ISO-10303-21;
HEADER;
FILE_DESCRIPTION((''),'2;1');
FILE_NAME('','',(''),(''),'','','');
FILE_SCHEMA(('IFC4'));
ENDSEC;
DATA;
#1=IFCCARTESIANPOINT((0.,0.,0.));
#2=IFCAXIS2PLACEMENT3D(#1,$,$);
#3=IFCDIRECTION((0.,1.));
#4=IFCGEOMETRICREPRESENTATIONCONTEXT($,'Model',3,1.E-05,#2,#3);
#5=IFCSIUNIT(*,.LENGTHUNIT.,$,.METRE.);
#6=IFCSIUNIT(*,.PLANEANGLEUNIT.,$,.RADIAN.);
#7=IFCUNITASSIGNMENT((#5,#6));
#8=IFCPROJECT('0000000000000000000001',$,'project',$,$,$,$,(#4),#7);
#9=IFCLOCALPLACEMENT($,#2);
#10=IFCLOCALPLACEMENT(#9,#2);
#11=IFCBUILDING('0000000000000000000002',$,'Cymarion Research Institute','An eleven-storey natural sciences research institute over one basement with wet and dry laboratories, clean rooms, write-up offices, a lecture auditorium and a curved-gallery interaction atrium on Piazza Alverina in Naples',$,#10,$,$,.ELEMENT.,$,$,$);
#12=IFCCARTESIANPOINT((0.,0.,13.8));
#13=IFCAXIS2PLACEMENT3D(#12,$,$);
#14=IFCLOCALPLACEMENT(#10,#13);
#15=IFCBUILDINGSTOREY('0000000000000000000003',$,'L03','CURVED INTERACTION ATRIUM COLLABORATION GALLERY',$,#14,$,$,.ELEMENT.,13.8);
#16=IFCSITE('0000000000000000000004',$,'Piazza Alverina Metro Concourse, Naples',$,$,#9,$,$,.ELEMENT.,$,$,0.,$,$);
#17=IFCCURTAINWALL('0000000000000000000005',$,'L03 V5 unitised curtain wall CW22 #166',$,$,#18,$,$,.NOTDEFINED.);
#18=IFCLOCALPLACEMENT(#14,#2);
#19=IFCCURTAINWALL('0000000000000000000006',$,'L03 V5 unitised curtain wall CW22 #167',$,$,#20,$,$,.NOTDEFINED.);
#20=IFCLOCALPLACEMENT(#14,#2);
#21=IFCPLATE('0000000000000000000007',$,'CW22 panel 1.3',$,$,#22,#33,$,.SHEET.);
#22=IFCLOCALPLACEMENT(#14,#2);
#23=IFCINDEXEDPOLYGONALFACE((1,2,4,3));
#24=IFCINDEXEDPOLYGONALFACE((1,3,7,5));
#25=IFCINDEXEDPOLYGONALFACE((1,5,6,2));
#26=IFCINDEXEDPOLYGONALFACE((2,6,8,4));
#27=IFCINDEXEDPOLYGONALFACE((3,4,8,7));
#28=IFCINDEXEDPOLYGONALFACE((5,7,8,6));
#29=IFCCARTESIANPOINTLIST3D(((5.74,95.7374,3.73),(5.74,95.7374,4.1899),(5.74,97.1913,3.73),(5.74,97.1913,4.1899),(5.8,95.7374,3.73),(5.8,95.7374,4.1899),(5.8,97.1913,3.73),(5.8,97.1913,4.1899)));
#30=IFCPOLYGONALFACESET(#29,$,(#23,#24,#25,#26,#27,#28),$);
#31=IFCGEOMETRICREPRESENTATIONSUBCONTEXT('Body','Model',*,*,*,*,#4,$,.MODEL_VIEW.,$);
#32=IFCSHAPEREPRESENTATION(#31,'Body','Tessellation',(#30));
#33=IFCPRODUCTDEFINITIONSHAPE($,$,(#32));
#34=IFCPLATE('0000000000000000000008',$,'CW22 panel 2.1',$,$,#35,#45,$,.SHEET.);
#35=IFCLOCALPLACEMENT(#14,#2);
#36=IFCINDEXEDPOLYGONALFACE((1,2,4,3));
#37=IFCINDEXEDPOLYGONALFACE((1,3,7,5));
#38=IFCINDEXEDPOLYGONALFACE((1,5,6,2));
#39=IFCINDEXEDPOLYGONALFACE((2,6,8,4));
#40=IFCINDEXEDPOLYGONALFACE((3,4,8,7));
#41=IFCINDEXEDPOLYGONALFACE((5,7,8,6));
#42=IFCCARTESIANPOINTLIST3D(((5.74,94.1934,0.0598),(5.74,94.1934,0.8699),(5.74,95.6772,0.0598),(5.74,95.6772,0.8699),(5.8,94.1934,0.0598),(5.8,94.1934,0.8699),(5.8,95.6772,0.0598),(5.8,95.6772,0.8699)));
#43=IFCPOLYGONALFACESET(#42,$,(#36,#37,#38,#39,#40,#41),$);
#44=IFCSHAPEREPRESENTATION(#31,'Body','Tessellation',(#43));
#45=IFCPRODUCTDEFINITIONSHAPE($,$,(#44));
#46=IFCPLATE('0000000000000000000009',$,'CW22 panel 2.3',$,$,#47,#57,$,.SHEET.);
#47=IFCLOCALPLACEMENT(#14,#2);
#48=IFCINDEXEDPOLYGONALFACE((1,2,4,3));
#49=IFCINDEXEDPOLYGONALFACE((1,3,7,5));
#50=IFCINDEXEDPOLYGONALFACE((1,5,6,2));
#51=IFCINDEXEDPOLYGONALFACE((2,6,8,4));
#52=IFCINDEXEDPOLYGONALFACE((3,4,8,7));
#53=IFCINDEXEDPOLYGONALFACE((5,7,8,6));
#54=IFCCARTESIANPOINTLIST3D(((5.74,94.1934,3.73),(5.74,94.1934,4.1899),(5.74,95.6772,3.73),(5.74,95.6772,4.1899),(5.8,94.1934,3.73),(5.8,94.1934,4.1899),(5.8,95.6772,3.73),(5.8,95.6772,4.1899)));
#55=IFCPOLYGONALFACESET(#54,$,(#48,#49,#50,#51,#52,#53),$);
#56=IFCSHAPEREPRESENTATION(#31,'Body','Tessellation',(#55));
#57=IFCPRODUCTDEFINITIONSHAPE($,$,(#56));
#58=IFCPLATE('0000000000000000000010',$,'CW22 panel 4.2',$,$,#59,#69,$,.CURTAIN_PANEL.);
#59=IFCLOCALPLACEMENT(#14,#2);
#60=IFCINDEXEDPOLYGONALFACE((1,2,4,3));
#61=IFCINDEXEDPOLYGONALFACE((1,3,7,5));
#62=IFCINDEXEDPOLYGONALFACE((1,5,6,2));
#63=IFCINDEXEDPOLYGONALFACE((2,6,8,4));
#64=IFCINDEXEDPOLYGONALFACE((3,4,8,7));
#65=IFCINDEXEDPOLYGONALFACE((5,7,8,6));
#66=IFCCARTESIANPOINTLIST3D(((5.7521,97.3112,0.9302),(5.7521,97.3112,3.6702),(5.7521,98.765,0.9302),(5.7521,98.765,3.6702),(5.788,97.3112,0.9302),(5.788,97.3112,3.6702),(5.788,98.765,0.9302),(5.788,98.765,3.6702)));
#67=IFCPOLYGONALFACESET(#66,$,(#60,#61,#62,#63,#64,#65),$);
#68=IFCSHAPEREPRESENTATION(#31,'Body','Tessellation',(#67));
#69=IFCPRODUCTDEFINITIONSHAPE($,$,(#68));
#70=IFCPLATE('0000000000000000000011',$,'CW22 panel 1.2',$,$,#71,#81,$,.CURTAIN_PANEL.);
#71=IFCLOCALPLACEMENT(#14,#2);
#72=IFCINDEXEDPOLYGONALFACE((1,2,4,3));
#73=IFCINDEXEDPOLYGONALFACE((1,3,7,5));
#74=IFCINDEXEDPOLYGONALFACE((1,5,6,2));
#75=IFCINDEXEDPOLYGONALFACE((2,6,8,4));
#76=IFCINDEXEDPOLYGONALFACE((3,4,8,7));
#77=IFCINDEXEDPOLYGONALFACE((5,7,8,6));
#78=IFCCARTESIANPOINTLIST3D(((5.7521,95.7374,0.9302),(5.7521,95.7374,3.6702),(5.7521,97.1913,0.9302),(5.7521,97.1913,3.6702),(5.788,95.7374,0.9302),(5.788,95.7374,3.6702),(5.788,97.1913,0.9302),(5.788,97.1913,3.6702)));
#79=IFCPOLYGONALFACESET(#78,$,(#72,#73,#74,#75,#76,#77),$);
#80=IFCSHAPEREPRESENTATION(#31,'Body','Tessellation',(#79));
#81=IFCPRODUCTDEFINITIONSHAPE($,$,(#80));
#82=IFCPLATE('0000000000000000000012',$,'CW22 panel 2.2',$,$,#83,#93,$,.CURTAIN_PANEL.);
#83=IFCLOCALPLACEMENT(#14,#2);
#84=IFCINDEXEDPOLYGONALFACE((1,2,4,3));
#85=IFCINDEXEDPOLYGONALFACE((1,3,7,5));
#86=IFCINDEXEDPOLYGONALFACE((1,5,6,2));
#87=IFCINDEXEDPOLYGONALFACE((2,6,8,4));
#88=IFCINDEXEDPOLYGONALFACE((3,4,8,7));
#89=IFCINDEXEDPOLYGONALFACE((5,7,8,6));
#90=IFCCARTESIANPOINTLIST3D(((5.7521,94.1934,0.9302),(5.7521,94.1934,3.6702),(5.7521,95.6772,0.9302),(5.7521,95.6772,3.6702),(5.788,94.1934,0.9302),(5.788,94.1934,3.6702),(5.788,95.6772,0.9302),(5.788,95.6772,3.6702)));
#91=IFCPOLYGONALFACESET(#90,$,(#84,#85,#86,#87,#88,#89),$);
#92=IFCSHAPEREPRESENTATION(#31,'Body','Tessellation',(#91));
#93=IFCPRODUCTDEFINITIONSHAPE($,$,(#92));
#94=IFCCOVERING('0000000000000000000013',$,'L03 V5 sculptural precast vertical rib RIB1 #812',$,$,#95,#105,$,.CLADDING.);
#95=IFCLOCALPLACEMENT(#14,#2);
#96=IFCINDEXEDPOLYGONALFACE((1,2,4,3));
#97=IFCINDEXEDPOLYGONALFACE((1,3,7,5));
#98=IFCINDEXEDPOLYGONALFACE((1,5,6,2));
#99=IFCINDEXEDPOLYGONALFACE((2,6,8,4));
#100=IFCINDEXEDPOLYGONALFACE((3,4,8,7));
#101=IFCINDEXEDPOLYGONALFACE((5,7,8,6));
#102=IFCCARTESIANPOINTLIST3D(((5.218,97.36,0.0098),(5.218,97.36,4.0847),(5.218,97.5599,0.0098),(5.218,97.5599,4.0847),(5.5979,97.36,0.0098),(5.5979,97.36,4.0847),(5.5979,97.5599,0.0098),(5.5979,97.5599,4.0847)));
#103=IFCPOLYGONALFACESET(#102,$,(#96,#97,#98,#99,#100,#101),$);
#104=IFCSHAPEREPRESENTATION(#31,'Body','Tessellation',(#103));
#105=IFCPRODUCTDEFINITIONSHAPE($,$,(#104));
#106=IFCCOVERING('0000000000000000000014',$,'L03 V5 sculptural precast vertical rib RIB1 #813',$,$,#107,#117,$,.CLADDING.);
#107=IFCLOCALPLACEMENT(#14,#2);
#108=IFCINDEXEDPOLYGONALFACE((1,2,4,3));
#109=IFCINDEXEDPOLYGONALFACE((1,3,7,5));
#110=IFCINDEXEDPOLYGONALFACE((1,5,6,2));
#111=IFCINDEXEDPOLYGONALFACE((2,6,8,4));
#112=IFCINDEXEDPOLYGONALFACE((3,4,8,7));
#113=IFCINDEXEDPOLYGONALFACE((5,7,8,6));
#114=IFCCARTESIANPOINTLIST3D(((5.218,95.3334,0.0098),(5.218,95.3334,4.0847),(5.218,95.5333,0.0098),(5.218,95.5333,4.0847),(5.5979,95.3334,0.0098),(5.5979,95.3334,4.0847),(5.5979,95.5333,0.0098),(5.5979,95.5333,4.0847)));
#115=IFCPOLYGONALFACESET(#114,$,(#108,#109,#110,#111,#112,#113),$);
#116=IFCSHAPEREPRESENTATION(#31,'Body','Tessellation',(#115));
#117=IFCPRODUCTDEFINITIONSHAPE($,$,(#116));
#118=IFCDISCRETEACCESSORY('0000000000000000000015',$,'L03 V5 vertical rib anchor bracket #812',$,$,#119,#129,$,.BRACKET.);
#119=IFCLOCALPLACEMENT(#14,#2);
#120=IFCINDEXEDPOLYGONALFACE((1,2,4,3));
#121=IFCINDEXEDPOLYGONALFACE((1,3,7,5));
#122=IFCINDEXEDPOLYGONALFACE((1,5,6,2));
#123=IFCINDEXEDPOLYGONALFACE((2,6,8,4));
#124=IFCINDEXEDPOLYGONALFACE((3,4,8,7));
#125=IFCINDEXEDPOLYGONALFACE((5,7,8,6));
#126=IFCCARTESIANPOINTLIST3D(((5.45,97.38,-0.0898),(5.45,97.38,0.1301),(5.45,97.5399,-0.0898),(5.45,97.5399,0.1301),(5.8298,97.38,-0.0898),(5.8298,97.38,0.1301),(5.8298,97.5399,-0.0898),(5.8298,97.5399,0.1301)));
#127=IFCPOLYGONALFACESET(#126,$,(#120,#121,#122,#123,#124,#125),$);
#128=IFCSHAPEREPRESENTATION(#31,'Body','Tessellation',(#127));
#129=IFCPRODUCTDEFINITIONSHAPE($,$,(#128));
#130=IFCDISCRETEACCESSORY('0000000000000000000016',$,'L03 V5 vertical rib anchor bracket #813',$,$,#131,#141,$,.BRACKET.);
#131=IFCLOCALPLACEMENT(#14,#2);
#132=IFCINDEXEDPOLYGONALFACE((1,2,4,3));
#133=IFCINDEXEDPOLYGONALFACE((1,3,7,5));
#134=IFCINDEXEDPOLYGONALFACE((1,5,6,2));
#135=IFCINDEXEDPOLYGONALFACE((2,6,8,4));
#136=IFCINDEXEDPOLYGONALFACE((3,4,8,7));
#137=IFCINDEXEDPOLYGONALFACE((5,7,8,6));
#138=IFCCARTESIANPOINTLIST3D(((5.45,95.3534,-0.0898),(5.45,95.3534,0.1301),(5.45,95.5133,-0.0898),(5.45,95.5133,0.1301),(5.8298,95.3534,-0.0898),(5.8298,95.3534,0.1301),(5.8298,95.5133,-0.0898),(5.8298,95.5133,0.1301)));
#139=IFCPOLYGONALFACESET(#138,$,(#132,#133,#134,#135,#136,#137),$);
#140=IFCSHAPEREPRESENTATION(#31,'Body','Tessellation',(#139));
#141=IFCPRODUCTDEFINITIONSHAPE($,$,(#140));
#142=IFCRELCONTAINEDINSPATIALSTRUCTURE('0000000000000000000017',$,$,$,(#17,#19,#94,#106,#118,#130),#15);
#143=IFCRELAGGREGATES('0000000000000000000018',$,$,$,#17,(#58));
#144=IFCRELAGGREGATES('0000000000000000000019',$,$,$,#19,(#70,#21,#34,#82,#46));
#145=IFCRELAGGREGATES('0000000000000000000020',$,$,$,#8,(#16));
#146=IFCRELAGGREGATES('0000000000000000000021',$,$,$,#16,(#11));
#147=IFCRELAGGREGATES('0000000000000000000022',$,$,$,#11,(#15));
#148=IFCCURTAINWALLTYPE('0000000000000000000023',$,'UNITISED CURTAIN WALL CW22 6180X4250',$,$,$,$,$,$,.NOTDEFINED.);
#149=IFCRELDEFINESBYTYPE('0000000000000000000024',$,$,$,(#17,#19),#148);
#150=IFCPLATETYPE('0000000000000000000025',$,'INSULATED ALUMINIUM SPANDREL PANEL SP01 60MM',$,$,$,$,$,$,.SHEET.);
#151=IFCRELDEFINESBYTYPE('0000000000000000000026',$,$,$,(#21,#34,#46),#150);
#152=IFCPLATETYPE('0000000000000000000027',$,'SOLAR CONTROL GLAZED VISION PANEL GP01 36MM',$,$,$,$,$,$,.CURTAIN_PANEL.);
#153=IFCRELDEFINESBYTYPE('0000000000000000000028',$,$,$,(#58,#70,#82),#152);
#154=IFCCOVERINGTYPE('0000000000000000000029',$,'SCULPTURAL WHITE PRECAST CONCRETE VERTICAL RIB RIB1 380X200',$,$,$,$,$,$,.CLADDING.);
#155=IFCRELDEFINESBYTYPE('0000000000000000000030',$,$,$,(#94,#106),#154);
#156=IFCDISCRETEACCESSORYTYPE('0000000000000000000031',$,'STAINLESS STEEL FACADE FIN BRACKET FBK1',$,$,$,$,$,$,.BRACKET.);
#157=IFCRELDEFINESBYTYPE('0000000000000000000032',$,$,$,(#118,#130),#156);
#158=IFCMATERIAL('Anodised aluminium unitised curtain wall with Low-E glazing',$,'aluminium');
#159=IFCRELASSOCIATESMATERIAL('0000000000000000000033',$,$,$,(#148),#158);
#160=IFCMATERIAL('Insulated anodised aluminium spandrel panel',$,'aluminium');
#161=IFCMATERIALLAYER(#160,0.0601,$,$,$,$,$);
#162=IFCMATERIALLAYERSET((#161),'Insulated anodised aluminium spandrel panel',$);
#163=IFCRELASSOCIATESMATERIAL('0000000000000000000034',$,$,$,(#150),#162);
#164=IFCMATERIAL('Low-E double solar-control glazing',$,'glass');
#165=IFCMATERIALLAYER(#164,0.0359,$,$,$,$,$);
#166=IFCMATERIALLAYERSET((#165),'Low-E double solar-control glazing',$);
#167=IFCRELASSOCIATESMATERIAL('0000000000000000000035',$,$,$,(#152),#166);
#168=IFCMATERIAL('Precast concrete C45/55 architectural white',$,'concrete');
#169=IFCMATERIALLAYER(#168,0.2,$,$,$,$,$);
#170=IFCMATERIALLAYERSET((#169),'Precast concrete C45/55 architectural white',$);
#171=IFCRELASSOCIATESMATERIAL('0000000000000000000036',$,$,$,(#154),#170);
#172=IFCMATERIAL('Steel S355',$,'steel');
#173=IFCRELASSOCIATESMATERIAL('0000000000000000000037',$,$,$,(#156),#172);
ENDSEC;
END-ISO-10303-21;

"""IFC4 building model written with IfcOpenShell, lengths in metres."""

from ifc_helpers import new_model, si_unit, direction, frame, origin, origin_2d, place, context, subcontext, project, spatial, rectangle, extrude, material, layer, layer_set, type_object, element, aggregate, save


model = new_model("IFC4")

# Units and contexts
model_context = context("Model", 3, precision=1e-05, world=origin(), true_north=direction((0.0, 1.0)))
body_context = subcontext(model_context, "Body", "Model", "MODEL_VIEW")
ifc_project = project(units=[si_unit("LENGTHUNIT", "METRE"), si_unit("PLANEANGLEUNIT", "RADIAN")], contexts=[model_context])

# Site, building, storey
site_placement = place(None, origin())
site = spatial("IfcSite", under=ifc_project, at=site_placement, Name="Piazza Alverina Metro Concourse, Naples", CompositionType="ELEMENT", RefElevation=0.0)
building_placement = place(site_placement, origin())
building = spatial("IfcBuilding", under=site, at=building_placement, Name="Cymarion Research Institute", Description="An eleven-storey natural sciences research institute over one basement with wet and dry laboratories, clean rooms, write-up offices, a lecture auditorium and a curved-gallery interaction atrium on Piazza Alverina in Naples", CompositionType="ELEMENT")
storey_placement = place(building_placement, frame((0.0, 0.0, 13.8)))
storey = spatial("IfcBuildingStorey", under=building, at=storey_placement, Name="L03", Description="CURVED INTERACTION ATRIUM COLLABORATION GALLERY", CompositionType="ELEMENT", Elevation=13.8)

# Curtain wall
ifc_material_1 = material(Name="Anodised aluminium unitised curtain wall with Low-E glazing", Category="aluminium")
curtain_wall_type = type_object("IfcCurtainWallType", Name="UNITISED CURTAIN WALL CW22 6180X4250", PredefinedType="NOTDEFINED", material=ifc_material_1)
curtain_wall_1_placement = place(storey_placement, origin())
curtain_wall_1 = element("IfcCurtainWall", 1, at=curtain_wall_1_placement, inside=storey, type_object=curtain_wall_type, Name="L03 V5 unitised curtain wall CW22 #166", PredefinedType="NOTDEFINED")

# Curtain wall
curtain_wall_2_placement = place(storey_placement, origin())
curtain_wall_2 = element("IfcCurtainWall", 2, at=curtain_wall_2_placement, inside=storey, type_object=curtain_wall_type, Name="L03 V5 unitised curtain wall CW22 #167", PredefinedType="NOTDEFINED")

# Plates
ifc_material_2 = material(Name="Insulated anodised aluminium spandrel panel", Category="aluminium")
ifc_layer_1 = layer(ifc_material_2, 0.0601)
ifc_layer_set_1 = layer_set([ifc_layer_1], Name="Insulated anodised aluminium spandrel panel")
plate_type_1 = type_object("IfcPlateType", Name="INSULATED ALUMINIUM SPANDREL PANEL SP01 60MM", PredefinedType="SHEET", material=ifc_layer_set_1)
plate_1_placement = place(storey_placement, frame((5.77, 96.4644, 3.73), z_axis=(0.0, 0.0, 1.0), x_axis=(0.0, -1.0, 0.0)))
plate_1 = element("IfcPlate", 3, at=plate_1_placement, type_object=plate_type_1, Name="CW22 panel 1.3", PredefinedType="SHEET", context=body_context, shape_type="SweptSolid", body=[
    extrude(rectangle(XDim=1.4539, YDim=0.0601, at=origin_2d()), origin(), (0.0, 0.0, 1.0), 0.46),
])
plate_2_placement = place(storey_placement, frame((5.77, 94.9353, 0.0598), z_axis=(0.0, 0.0, 1.0), x_axis=(0.0, -1.0, 0.0)))
plate_2 = element("IfcPlate", 4, at=plate_2_placement, type_object=plate_type_1, Name="CW22 panel 2.1", PredefinedType="SHEET", context=body_context, shape_type="SweptSolid", body=[
    extrude(rectangle(XDim=1.4839, YDim=0.0601, at=origin_2d()), origin(), (0.0, 0.0, 1.0), 0.8101),
])
plate_3_placement = place(storey_placement, frame((5.77, 94.9353, 3.73), z_axis=(0.0, 0.0, 1.0), x_axis=(0.0, -1.0, 0.0)))
plate_3 = element("IfcPlate", 5, at=plate_3_placement, type_object=plate_type_1, Name="CW22 panel 2.3", PredefinedType="SHEET", context=body_context, shape_type="SweptSolid", body=[
    extrude(rectangle(XDim=1.4839, YDim=0.0601, at=origin_2d()), origin(), (0.0, 0.0, 1.0), 0.46),
])
ifc_material_3 = material(Name="Low-E double solar-control glazing", Category="glass")
ifc_layer_2 = layer(ifc_material_3, 0.0359)
ifc_layer_set_2 = layer_set([ifc_layer_2], Name="Low-E double solar-control glazing")
plate_type_2 = type_object("IfcPlateType", Name="SOLAR CONTROL GLAZED VISION PANEL GP01 36MM", PredefinedType="CURTAIN_PANEL", material=ifc_layer_set_2)
plate_4_placement = place(storey_placement, frame((5.77, 98.0381, 0.9302), z_axis=(0.0, 0.0, 1.0), x_axis=(0.0, -1.0, 0.0)))
plate_4 = element("IfcPlate", 6, at=plate_4_placement, type_object=plate_type_2, Name="CW22 panel 4.2", PredefinedType="CURTAIN_PANEL", context=body_context, shape_type="SweptSolid", body=[
    extrude(rectangle(XDim=1.4539, YDim=0.0359, at=origin_2d()), origin(), (0.0, 0.0, 1.0), 2.74),
])
aggregate(curtain_wall_1, [plate_4])
plate_5_placement = place(storey_placement, frame((5.77, 96.4644, 0.9302), z_axis=(0.0, 0.0, 1.0), x_axis=(0.0, -1.0, 0.0)))
plate_5 = element("IfcPlate", 7, at=plate_5_placement, type_object=plate_type_2, Name="CW22 panel 1.2", PredefinedType="CURTAIN_PANEL", context=body_context, shape_type="SweptSolid", body=[
    extrude(rectangle(XDim=1.4539, YDim=0.0359, at=origin_2d()), origin(), (0.0, 0.0, 1.0), 2.74),
])
plate_6_placement = place(storey_placement, frame((5.77, 94.9353, 0.9302), z_axis=(0.0, 0.0, 1.0), x_axis=(0.0, -1.0, 0.0)))
plate_6 = element("IfcPlate", 8, at=plate_6_placement, type_object=plate_type_2, Name="CW22 panel 2.2", PredefinedType="CURTAIN_PANEL", context=body_context, shape_type="SweptSolid", body=[
    extrude(rectangle(XDim=1.4839, YDim=0.0359, at=origin_2d()), origin(), (0.0, 0.0, 1.0), 2.74),
])
aggregate(curtain_wall_2, [plate_5, plate_1, plate_2, plate_6, plate_3])

# Coverings
ifc_material_4 = material(Name="Precast concrete C45/55 architectural white", Category="concrete")
ifc_layer_3 = layer(ifc_material_4, 0.2)
ifc_layer_set_3 = layer_set([ifc_layer_3], Name="Precast concrete C45/55 architectural white")
covering_type = type_object("IfcCoveringType", Name="SCULPTURAL WHITE PRECAST CONCRETE VERTICAL RIB RIB1 380X200", PredefinedType="CLADDING", material=ifc_layer_set_3)
for number, where, z_axis, x_axis, name in (
    (9, (5.408, 97.46, 0.0098), (0.0, 0.0, 1.0), (-1.0, 0.0, 0.0), "L03 V5 sculptural precast vertical rib RIB1 #812"),
    (10, (5.408, 95.4333, 0.0098), (0.0, 0.0, 1.0), (-1.0, 0.0, 0.0), "L03 V5 sculptural precast vertical rib RIB1 #813"),
):
    element("IfcCovering", number, at=place(storey_placement, frame(where, z_axis=z_axis, x_axis=x_axis)), inside=storey, type_object=covering_type, Name=name, PredefinedType="CLADDING", context=body_context, shape_type="SweptSolid", body=[
        extrude(rectangle(XDim=0.3799, YDim=0.2, at=origin_2d()), origin(), (0.0, 0.0, 1.0), 4.075),
    ])

# Discrete accessories
ifc_material_5 = material(Name="Steel S355", Category="steel")
discrete_accessory_type = type_object("IfcDiscreteAccessoryType", Name="STAINLESS STEEL FACADE FIN BRACKET FBK1", PredefinedType="BRACKET", material=ifc_material_5)
for number, where, z_axis, x_axis, name in (
    (11, (5.6399, 97.46, -0.0898), (0.0, 0.0, 1.0), (-1.0, 0.0, 0.0), "L03 V5 vertical rib anchor bracket #812"),
    (12, (5.6399, 95.4333, -0.0898), (0.0, 0.0, 1.0), (-1.0, 0.0, 0.0), "L03 V5 vertical rib anchor bracket #813"),
):
    element("IfcDiscreteAccessory", number, at=place(storey_placement, frame(where, z_axis=z_axis, x_axis=x_axis)), inside=storey, type_object=discrete_accessory_type, Name=name, PredefinedType="BRACKET", context=body_context, shape_type="SweptSolid", body=[
        extrude(rectangle(XDim=0.3799, YDim=0.1599, at=origin_2d()), origin(), (0.0, 0.0, 1.0), 0.22),
    ])

save(model, "model.ifc")
